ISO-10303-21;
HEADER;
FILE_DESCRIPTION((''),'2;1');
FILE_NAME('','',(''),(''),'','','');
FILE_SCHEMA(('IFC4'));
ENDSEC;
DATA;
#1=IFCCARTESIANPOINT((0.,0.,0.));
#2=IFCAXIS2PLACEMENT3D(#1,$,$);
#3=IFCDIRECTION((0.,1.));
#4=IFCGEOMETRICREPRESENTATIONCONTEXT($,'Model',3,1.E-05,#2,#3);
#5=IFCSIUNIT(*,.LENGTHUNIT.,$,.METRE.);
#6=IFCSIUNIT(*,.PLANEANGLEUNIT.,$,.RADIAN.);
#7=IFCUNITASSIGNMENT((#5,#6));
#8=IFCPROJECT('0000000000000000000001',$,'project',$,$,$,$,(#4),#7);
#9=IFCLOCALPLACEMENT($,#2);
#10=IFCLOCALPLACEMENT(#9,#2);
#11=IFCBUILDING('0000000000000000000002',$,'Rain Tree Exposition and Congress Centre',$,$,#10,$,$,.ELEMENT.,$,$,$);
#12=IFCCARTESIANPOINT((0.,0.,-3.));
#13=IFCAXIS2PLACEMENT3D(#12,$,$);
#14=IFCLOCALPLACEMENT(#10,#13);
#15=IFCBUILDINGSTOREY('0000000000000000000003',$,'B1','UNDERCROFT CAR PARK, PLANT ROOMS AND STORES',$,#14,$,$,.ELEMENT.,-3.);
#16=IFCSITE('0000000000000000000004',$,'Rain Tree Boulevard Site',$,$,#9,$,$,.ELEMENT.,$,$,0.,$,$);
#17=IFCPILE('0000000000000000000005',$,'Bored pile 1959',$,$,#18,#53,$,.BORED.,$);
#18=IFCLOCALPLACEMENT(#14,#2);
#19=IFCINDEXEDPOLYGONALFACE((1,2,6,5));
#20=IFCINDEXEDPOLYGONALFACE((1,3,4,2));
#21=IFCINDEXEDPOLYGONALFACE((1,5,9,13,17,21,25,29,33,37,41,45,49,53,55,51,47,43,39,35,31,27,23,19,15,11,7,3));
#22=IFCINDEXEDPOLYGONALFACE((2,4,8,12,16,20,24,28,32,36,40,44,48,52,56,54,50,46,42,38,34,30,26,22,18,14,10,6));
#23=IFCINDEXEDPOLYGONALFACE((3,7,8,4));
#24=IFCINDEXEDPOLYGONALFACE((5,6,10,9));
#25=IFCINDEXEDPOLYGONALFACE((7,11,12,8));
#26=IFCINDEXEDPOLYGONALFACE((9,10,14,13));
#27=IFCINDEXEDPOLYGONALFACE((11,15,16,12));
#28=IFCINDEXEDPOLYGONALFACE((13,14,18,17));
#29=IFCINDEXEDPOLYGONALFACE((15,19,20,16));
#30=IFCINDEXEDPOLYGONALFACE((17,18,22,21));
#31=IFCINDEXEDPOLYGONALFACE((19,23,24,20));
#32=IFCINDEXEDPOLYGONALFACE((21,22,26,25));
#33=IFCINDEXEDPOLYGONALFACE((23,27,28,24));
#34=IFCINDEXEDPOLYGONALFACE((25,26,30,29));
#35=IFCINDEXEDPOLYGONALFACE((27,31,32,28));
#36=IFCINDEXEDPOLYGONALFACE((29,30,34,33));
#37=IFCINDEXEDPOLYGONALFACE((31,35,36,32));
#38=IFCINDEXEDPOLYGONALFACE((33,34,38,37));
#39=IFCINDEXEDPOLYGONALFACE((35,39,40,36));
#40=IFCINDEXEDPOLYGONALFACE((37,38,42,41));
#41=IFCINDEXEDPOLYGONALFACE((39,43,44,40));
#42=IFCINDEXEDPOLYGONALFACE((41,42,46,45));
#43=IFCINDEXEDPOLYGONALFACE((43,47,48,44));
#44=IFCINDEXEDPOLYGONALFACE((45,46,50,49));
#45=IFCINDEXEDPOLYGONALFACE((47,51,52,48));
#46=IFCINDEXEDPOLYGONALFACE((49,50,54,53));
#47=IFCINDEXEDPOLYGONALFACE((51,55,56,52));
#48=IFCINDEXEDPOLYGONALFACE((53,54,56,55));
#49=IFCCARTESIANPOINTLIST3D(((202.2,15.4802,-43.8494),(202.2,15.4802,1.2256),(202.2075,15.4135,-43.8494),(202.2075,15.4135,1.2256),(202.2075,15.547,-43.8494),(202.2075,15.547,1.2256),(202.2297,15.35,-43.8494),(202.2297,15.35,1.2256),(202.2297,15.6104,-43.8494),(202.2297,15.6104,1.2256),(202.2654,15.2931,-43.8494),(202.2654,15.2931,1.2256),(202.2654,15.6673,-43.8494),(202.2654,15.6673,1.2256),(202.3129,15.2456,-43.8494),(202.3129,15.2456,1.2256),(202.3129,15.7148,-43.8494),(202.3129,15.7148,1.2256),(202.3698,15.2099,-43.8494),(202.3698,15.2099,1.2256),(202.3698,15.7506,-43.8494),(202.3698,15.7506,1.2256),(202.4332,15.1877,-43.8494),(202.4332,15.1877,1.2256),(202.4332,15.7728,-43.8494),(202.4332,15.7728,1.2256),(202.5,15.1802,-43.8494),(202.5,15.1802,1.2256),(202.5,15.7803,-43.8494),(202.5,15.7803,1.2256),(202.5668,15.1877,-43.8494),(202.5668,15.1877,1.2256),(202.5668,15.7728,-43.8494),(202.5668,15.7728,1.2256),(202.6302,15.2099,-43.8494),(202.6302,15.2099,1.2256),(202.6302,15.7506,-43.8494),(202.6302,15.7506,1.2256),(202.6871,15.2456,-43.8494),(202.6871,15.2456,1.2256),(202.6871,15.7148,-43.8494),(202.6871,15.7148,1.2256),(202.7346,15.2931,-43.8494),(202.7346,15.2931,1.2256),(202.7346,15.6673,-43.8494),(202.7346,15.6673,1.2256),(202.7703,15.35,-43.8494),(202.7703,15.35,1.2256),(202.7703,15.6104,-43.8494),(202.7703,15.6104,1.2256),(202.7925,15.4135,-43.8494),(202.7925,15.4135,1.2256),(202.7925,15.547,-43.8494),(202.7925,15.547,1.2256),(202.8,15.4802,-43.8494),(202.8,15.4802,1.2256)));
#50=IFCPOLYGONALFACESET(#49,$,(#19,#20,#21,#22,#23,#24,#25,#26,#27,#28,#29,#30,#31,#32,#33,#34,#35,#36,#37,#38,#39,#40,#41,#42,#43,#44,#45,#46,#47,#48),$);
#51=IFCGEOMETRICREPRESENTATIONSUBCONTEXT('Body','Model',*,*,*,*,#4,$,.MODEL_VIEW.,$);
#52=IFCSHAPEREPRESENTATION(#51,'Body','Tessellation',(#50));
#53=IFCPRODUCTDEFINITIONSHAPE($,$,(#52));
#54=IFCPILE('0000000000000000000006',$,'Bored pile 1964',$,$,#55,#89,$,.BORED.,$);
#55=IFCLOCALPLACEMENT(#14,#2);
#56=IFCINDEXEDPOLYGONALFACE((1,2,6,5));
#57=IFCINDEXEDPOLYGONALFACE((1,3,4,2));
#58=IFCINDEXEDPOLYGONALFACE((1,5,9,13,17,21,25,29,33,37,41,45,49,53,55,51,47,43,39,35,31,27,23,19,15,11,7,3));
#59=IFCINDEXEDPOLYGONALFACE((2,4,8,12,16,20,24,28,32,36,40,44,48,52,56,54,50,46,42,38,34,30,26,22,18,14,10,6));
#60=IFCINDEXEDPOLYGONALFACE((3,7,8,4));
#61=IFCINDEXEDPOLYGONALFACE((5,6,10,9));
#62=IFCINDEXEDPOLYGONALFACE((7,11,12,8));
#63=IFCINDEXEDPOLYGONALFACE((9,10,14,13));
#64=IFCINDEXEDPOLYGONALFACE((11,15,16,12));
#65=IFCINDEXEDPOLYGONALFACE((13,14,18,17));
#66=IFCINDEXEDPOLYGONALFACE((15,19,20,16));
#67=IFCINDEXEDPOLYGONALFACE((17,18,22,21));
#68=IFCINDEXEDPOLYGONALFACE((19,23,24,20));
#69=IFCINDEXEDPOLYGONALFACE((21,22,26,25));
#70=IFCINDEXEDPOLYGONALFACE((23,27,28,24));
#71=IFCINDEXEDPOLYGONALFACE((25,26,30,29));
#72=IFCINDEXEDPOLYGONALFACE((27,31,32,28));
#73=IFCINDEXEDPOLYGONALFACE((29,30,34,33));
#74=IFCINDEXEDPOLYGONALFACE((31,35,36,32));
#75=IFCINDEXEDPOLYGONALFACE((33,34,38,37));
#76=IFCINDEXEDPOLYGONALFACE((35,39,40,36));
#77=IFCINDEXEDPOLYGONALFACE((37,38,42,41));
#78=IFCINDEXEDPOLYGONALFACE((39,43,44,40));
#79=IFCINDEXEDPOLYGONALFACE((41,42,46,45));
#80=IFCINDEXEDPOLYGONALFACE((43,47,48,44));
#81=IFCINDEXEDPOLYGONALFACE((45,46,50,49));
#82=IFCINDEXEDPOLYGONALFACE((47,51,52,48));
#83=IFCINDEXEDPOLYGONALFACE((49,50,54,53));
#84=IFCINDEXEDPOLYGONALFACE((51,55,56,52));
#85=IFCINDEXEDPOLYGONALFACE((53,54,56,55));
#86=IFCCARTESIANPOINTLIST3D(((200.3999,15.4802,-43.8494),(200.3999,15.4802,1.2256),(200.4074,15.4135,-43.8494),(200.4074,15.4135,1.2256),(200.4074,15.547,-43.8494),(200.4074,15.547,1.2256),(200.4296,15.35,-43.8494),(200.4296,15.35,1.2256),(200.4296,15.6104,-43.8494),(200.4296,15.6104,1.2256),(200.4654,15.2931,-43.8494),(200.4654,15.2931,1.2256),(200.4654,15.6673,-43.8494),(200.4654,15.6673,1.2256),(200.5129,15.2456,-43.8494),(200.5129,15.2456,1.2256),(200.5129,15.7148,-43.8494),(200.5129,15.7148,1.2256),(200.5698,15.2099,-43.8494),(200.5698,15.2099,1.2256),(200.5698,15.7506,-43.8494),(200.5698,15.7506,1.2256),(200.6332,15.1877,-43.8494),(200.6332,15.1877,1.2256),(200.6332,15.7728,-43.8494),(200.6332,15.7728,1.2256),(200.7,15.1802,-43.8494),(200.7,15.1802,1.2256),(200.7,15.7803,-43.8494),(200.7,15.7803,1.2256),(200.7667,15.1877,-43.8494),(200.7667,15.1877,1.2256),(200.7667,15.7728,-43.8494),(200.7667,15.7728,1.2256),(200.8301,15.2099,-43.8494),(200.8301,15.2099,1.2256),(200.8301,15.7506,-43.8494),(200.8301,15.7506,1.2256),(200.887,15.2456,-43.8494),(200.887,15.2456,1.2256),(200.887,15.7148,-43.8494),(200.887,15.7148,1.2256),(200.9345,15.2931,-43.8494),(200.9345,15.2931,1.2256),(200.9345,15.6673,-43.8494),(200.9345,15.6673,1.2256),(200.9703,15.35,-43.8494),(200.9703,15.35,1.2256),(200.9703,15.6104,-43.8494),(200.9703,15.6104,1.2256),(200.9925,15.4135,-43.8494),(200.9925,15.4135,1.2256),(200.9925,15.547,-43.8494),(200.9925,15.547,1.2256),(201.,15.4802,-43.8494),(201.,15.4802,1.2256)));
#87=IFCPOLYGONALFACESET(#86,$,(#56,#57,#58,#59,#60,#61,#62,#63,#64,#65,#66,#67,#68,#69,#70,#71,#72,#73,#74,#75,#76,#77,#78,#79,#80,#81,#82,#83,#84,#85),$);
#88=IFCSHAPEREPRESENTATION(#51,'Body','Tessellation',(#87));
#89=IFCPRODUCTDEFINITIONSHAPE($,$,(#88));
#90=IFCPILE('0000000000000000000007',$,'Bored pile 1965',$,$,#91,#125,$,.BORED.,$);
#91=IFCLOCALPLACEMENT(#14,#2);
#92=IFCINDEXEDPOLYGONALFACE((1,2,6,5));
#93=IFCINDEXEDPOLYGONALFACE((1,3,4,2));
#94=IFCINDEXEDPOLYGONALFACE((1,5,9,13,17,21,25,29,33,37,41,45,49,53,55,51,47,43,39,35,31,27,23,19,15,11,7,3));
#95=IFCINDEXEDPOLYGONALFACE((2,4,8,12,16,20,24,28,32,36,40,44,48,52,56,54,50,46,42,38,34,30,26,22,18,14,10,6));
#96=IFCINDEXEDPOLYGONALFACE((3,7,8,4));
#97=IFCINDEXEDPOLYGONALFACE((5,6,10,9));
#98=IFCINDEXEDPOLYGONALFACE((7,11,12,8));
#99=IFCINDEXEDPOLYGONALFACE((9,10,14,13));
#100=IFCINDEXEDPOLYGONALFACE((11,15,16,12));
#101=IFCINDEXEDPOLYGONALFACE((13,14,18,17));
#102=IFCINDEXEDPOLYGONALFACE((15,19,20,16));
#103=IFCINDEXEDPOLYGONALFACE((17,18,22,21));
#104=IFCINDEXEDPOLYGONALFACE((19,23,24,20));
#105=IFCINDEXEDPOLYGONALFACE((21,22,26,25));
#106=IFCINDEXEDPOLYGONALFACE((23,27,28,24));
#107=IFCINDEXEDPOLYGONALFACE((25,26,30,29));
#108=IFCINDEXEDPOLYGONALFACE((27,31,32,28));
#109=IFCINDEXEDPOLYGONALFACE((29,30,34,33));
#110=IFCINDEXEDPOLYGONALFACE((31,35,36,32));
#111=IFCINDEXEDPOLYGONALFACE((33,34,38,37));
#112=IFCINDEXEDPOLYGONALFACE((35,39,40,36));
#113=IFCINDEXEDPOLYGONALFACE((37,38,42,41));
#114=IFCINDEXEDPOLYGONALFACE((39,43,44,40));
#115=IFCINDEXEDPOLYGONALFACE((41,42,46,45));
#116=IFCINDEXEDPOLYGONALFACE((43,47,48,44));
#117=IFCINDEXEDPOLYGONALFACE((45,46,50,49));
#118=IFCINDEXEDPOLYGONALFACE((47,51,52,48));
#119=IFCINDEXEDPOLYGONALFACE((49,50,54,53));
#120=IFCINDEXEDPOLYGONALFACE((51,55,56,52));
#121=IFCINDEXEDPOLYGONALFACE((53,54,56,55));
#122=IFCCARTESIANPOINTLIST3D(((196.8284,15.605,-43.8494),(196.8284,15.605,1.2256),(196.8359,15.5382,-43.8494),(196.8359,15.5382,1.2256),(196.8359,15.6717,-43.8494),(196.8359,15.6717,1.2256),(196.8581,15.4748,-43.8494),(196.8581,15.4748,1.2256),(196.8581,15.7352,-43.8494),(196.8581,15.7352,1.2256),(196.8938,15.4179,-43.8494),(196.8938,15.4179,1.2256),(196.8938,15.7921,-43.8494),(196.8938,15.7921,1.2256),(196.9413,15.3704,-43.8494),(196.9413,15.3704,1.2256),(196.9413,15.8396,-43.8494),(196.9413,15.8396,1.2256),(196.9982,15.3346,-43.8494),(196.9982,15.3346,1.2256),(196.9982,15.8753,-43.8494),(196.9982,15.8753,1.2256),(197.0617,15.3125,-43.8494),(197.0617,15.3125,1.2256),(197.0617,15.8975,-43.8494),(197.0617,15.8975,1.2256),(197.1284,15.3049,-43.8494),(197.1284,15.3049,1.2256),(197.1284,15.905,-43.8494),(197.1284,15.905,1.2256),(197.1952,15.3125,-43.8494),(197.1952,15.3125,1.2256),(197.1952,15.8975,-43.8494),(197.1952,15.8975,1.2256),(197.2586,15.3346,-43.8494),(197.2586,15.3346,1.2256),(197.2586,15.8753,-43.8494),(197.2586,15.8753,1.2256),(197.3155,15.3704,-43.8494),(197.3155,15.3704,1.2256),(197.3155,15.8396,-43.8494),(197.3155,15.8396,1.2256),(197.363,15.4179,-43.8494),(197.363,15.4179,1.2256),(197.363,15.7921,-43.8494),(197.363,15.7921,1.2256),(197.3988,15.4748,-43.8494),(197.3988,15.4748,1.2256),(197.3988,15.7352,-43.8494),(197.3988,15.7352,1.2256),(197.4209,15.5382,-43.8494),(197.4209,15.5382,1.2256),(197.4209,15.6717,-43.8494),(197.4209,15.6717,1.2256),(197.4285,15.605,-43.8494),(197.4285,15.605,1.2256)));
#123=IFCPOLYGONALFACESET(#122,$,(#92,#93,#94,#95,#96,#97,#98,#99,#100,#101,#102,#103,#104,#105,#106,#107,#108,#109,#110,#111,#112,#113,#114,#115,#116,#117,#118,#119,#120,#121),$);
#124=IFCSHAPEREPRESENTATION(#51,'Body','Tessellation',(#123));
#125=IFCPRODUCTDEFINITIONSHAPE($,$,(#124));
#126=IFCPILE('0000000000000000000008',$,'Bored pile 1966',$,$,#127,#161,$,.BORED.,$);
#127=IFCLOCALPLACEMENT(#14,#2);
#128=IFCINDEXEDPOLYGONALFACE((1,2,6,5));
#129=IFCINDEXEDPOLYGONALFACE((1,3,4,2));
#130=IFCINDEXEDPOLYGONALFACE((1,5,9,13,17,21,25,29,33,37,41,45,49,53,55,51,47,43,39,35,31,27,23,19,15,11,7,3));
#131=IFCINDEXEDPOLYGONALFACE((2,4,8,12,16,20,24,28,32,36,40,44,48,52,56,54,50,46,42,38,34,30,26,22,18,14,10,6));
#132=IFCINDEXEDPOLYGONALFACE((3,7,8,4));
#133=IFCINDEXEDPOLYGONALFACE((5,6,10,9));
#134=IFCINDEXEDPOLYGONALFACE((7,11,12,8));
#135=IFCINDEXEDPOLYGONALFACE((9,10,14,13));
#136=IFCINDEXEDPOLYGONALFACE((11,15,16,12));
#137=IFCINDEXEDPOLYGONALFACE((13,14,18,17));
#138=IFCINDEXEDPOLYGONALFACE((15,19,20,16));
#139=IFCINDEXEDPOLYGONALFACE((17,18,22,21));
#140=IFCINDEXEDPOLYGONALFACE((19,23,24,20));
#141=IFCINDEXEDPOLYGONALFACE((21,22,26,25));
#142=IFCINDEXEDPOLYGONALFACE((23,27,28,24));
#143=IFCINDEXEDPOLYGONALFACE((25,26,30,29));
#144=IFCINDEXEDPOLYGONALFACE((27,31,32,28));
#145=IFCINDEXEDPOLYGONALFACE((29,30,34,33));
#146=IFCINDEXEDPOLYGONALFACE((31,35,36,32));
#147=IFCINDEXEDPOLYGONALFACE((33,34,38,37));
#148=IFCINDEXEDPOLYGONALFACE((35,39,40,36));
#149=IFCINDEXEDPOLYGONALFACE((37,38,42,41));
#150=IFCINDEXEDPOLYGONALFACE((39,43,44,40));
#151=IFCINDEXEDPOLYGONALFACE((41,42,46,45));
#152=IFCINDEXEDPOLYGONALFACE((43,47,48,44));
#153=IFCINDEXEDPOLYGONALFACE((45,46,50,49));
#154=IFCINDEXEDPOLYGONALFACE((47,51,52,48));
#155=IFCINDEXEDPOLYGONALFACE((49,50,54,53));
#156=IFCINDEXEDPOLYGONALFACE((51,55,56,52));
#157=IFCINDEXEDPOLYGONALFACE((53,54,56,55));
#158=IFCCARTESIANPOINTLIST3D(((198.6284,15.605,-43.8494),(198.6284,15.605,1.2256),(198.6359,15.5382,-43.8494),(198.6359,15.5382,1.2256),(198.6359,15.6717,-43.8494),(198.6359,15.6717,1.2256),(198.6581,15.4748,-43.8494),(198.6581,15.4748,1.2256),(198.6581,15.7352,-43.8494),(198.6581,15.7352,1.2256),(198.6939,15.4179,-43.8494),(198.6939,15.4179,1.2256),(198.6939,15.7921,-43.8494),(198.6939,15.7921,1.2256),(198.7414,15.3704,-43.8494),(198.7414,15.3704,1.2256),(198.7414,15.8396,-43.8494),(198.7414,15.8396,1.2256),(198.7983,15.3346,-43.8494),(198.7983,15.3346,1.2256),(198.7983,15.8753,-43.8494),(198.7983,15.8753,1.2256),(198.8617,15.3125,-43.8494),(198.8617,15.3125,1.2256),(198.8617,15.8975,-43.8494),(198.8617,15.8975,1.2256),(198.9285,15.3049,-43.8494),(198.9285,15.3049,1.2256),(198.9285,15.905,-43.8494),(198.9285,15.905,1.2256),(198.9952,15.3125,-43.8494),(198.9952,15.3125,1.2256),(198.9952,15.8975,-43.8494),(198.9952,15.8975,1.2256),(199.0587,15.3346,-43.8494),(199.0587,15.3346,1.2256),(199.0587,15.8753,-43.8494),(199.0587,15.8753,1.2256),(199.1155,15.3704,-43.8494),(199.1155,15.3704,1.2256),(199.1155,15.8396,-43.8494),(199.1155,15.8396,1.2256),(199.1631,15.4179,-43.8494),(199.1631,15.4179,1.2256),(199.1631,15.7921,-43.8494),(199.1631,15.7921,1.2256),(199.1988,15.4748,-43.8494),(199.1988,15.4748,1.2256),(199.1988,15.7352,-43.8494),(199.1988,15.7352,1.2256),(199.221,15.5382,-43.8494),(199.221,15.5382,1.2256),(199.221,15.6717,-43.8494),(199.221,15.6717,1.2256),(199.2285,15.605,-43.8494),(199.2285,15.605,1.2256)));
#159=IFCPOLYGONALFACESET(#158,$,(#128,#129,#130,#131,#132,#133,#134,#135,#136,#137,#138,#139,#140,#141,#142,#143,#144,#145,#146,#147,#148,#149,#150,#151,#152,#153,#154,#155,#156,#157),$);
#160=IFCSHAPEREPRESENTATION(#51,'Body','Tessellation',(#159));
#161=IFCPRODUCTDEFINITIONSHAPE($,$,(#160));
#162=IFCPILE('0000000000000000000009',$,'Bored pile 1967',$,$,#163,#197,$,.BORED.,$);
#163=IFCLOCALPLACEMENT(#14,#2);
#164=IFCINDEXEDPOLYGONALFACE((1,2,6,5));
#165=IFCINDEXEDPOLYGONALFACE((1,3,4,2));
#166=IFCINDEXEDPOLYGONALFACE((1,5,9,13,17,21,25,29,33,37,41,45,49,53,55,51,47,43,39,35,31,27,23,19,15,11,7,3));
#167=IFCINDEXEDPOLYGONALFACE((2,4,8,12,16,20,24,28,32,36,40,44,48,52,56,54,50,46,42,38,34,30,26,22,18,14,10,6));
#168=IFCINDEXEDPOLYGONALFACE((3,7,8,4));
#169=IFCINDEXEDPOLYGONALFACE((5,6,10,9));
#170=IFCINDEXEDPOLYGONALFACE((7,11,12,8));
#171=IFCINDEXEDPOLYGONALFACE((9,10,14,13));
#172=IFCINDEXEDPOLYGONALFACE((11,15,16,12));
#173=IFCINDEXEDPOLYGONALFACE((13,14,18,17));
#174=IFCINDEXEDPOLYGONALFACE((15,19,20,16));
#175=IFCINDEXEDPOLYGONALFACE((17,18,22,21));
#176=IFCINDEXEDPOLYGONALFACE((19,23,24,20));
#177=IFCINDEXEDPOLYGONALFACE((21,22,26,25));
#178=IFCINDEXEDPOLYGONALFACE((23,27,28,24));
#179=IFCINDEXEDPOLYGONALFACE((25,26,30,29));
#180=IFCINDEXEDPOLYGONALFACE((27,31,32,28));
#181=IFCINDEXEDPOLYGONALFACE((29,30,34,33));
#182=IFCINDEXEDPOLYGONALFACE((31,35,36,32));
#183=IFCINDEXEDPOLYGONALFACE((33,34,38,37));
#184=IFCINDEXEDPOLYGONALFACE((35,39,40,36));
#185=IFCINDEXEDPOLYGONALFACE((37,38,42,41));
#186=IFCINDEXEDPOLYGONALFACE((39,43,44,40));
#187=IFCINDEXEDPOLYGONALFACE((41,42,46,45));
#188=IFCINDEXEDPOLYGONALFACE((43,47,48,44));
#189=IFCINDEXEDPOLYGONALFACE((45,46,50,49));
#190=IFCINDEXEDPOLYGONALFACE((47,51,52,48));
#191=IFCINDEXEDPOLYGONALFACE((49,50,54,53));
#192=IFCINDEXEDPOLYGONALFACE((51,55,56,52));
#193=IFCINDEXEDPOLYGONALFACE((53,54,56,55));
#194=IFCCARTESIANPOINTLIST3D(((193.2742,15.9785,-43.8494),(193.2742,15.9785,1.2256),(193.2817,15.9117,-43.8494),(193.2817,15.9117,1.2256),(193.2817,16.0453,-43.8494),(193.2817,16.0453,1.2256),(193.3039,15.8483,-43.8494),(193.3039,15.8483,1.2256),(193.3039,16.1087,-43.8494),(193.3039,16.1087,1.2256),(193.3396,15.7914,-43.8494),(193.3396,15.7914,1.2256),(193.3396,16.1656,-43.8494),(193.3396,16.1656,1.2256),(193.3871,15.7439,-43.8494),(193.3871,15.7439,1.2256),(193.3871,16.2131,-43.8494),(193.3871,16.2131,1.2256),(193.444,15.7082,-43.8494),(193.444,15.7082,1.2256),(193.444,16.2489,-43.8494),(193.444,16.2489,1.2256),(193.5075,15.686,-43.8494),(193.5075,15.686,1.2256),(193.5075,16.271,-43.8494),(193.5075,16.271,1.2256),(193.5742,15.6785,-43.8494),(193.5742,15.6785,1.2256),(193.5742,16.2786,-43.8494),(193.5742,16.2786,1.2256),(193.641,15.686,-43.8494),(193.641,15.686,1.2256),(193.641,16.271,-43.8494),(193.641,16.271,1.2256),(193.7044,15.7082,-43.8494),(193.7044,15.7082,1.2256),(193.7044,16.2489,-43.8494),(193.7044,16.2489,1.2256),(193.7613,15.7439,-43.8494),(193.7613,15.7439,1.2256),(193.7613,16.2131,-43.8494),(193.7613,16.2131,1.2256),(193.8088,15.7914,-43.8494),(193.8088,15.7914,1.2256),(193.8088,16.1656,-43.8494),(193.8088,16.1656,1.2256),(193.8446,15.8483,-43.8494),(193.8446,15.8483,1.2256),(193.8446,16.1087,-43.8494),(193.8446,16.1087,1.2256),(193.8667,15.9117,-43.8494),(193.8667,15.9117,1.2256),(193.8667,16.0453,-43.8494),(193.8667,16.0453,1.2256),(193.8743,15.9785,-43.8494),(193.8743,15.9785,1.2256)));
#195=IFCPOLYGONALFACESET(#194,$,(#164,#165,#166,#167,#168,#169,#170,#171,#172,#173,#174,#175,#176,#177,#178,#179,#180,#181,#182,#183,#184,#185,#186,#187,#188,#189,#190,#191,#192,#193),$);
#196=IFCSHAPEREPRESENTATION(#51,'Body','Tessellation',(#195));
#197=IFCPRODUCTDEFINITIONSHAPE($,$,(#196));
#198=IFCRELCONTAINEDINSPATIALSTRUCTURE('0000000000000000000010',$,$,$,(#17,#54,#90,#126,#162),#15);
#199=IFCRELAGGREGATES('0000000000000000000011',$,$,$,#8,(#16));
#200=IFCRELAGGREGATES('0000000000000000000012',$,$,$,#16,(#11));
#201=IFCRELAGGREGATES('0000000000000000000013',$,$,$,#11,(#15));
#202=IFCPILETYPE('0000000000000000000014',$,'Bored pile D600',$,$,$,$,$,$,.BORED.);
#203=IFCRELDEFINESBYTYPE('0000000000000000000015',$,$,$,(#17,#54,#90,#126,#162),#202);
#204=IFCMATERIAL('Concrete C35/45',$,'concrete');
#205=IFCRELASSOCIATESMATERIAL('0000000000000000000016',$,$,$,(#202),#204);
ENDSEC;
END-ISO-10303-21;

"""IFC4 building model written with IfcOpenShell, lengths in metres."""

from ifc_helpers import new_model, si_unit, direction, frame, origin, origin_2d, place, context, subcontext, project, spatial, circle, extrude, material, material_profile, profile_set, type_object, element, save


model = new_model("IFC4")

# Units and contexts
model_context = context("Model", 3, precision=1e-05, world=origin(), true_north=direction((0.0, 1.0)))
body_context = subcontext(model_context, "Body", "Model", "MODEL_VIEW")
ifc_project = project(units=[si_unit("LENGTHUNIT", "METRE"), si_unit("PLANEANGLEUNIT", "RADIAN")], contexts=[model_context])

# Site, building, storey
site_placement = place(None, origin())
site = spatial("IfcSite", under=ifc_project, at=site_placement, Name="Rain Tree Boulevard Site", CompositionType="ELEMENT", RefElevation=0.0)
building_placement = place(site_placement, origin())
building = spatial("IfcBuilding", under=site, at=building_placement, Name="Rain Tree Exposition and Congress Centre", CompositionType="ELEMENT")
storey_placement = place(building_placement, frame((0.0, 0.0, -3.0)))
storey = spatial("IfcBuildingStorey", under=building, at=storey_placement, Name="B1", Description="UNDERCROFT CAR PARK, PLANT ROOMS AND STORES", CompositionType="ELEMENT", Elevation=-3.0)

# Piles
ifc_material_1 = material(Name="Concrete C35/45", Category="concrete")
ifc_material_profile = material_profile(ifc_material_1, circle(Radius=0.3, at=origin_2d()), Name="D600")
ifc_profile_set = profile_set([ifc_material_profile], Name="Concrete C35/45")
pile_type = type_object("IfcPileType", Name="Bored pile D600", PredefinedType="BORED", material=ifc_profile_set)
for number, where, z_axis, x_axis, name in (
    (1, (202.5, 15.4802, 1.2256), (0.0, 0.0, -1.0), (1.0, 0.0, 0.0), "Bored pile 1959"),
    (2, (200.7, 15.4802, 1.2256), (0.0, 0.0, -1.0), (1.0, 0.0, 0.0), "Bored pile 1964"),
    (3, (197.1284, 15.605, 1.2256), (0.0, 0.0, -1.0), (1.0, 0.0, 0.0), "Bored pile 1965"),
    (4, (198.9285, 15.605, 1.2256), (0.0, 0.0, -1.0), (1.0, 0.0, 0.0), "Bored pile 1966"),
    (5, (193.5742, 15.9785, 1.2256), (0.0, 0.0, -1.0), (1.0, 0.0, 0.0), "Bored pile 1967"),
):
    element("IfcPile", number, at=place(storey_placement, frame(where, z_axis=z_axis, x_axis=x_axis)), inside=storey, type_object=pile_type, Name=name, PredefinedType="BORED", context=body_context, shape_type="SweptSolid", body=[
        extrude(circle(Radius=0.3, at=origin_2d()), origin(), (0.0, 0.0, 1.0), 45.075),
    ])

save(model, "model.ifc")
